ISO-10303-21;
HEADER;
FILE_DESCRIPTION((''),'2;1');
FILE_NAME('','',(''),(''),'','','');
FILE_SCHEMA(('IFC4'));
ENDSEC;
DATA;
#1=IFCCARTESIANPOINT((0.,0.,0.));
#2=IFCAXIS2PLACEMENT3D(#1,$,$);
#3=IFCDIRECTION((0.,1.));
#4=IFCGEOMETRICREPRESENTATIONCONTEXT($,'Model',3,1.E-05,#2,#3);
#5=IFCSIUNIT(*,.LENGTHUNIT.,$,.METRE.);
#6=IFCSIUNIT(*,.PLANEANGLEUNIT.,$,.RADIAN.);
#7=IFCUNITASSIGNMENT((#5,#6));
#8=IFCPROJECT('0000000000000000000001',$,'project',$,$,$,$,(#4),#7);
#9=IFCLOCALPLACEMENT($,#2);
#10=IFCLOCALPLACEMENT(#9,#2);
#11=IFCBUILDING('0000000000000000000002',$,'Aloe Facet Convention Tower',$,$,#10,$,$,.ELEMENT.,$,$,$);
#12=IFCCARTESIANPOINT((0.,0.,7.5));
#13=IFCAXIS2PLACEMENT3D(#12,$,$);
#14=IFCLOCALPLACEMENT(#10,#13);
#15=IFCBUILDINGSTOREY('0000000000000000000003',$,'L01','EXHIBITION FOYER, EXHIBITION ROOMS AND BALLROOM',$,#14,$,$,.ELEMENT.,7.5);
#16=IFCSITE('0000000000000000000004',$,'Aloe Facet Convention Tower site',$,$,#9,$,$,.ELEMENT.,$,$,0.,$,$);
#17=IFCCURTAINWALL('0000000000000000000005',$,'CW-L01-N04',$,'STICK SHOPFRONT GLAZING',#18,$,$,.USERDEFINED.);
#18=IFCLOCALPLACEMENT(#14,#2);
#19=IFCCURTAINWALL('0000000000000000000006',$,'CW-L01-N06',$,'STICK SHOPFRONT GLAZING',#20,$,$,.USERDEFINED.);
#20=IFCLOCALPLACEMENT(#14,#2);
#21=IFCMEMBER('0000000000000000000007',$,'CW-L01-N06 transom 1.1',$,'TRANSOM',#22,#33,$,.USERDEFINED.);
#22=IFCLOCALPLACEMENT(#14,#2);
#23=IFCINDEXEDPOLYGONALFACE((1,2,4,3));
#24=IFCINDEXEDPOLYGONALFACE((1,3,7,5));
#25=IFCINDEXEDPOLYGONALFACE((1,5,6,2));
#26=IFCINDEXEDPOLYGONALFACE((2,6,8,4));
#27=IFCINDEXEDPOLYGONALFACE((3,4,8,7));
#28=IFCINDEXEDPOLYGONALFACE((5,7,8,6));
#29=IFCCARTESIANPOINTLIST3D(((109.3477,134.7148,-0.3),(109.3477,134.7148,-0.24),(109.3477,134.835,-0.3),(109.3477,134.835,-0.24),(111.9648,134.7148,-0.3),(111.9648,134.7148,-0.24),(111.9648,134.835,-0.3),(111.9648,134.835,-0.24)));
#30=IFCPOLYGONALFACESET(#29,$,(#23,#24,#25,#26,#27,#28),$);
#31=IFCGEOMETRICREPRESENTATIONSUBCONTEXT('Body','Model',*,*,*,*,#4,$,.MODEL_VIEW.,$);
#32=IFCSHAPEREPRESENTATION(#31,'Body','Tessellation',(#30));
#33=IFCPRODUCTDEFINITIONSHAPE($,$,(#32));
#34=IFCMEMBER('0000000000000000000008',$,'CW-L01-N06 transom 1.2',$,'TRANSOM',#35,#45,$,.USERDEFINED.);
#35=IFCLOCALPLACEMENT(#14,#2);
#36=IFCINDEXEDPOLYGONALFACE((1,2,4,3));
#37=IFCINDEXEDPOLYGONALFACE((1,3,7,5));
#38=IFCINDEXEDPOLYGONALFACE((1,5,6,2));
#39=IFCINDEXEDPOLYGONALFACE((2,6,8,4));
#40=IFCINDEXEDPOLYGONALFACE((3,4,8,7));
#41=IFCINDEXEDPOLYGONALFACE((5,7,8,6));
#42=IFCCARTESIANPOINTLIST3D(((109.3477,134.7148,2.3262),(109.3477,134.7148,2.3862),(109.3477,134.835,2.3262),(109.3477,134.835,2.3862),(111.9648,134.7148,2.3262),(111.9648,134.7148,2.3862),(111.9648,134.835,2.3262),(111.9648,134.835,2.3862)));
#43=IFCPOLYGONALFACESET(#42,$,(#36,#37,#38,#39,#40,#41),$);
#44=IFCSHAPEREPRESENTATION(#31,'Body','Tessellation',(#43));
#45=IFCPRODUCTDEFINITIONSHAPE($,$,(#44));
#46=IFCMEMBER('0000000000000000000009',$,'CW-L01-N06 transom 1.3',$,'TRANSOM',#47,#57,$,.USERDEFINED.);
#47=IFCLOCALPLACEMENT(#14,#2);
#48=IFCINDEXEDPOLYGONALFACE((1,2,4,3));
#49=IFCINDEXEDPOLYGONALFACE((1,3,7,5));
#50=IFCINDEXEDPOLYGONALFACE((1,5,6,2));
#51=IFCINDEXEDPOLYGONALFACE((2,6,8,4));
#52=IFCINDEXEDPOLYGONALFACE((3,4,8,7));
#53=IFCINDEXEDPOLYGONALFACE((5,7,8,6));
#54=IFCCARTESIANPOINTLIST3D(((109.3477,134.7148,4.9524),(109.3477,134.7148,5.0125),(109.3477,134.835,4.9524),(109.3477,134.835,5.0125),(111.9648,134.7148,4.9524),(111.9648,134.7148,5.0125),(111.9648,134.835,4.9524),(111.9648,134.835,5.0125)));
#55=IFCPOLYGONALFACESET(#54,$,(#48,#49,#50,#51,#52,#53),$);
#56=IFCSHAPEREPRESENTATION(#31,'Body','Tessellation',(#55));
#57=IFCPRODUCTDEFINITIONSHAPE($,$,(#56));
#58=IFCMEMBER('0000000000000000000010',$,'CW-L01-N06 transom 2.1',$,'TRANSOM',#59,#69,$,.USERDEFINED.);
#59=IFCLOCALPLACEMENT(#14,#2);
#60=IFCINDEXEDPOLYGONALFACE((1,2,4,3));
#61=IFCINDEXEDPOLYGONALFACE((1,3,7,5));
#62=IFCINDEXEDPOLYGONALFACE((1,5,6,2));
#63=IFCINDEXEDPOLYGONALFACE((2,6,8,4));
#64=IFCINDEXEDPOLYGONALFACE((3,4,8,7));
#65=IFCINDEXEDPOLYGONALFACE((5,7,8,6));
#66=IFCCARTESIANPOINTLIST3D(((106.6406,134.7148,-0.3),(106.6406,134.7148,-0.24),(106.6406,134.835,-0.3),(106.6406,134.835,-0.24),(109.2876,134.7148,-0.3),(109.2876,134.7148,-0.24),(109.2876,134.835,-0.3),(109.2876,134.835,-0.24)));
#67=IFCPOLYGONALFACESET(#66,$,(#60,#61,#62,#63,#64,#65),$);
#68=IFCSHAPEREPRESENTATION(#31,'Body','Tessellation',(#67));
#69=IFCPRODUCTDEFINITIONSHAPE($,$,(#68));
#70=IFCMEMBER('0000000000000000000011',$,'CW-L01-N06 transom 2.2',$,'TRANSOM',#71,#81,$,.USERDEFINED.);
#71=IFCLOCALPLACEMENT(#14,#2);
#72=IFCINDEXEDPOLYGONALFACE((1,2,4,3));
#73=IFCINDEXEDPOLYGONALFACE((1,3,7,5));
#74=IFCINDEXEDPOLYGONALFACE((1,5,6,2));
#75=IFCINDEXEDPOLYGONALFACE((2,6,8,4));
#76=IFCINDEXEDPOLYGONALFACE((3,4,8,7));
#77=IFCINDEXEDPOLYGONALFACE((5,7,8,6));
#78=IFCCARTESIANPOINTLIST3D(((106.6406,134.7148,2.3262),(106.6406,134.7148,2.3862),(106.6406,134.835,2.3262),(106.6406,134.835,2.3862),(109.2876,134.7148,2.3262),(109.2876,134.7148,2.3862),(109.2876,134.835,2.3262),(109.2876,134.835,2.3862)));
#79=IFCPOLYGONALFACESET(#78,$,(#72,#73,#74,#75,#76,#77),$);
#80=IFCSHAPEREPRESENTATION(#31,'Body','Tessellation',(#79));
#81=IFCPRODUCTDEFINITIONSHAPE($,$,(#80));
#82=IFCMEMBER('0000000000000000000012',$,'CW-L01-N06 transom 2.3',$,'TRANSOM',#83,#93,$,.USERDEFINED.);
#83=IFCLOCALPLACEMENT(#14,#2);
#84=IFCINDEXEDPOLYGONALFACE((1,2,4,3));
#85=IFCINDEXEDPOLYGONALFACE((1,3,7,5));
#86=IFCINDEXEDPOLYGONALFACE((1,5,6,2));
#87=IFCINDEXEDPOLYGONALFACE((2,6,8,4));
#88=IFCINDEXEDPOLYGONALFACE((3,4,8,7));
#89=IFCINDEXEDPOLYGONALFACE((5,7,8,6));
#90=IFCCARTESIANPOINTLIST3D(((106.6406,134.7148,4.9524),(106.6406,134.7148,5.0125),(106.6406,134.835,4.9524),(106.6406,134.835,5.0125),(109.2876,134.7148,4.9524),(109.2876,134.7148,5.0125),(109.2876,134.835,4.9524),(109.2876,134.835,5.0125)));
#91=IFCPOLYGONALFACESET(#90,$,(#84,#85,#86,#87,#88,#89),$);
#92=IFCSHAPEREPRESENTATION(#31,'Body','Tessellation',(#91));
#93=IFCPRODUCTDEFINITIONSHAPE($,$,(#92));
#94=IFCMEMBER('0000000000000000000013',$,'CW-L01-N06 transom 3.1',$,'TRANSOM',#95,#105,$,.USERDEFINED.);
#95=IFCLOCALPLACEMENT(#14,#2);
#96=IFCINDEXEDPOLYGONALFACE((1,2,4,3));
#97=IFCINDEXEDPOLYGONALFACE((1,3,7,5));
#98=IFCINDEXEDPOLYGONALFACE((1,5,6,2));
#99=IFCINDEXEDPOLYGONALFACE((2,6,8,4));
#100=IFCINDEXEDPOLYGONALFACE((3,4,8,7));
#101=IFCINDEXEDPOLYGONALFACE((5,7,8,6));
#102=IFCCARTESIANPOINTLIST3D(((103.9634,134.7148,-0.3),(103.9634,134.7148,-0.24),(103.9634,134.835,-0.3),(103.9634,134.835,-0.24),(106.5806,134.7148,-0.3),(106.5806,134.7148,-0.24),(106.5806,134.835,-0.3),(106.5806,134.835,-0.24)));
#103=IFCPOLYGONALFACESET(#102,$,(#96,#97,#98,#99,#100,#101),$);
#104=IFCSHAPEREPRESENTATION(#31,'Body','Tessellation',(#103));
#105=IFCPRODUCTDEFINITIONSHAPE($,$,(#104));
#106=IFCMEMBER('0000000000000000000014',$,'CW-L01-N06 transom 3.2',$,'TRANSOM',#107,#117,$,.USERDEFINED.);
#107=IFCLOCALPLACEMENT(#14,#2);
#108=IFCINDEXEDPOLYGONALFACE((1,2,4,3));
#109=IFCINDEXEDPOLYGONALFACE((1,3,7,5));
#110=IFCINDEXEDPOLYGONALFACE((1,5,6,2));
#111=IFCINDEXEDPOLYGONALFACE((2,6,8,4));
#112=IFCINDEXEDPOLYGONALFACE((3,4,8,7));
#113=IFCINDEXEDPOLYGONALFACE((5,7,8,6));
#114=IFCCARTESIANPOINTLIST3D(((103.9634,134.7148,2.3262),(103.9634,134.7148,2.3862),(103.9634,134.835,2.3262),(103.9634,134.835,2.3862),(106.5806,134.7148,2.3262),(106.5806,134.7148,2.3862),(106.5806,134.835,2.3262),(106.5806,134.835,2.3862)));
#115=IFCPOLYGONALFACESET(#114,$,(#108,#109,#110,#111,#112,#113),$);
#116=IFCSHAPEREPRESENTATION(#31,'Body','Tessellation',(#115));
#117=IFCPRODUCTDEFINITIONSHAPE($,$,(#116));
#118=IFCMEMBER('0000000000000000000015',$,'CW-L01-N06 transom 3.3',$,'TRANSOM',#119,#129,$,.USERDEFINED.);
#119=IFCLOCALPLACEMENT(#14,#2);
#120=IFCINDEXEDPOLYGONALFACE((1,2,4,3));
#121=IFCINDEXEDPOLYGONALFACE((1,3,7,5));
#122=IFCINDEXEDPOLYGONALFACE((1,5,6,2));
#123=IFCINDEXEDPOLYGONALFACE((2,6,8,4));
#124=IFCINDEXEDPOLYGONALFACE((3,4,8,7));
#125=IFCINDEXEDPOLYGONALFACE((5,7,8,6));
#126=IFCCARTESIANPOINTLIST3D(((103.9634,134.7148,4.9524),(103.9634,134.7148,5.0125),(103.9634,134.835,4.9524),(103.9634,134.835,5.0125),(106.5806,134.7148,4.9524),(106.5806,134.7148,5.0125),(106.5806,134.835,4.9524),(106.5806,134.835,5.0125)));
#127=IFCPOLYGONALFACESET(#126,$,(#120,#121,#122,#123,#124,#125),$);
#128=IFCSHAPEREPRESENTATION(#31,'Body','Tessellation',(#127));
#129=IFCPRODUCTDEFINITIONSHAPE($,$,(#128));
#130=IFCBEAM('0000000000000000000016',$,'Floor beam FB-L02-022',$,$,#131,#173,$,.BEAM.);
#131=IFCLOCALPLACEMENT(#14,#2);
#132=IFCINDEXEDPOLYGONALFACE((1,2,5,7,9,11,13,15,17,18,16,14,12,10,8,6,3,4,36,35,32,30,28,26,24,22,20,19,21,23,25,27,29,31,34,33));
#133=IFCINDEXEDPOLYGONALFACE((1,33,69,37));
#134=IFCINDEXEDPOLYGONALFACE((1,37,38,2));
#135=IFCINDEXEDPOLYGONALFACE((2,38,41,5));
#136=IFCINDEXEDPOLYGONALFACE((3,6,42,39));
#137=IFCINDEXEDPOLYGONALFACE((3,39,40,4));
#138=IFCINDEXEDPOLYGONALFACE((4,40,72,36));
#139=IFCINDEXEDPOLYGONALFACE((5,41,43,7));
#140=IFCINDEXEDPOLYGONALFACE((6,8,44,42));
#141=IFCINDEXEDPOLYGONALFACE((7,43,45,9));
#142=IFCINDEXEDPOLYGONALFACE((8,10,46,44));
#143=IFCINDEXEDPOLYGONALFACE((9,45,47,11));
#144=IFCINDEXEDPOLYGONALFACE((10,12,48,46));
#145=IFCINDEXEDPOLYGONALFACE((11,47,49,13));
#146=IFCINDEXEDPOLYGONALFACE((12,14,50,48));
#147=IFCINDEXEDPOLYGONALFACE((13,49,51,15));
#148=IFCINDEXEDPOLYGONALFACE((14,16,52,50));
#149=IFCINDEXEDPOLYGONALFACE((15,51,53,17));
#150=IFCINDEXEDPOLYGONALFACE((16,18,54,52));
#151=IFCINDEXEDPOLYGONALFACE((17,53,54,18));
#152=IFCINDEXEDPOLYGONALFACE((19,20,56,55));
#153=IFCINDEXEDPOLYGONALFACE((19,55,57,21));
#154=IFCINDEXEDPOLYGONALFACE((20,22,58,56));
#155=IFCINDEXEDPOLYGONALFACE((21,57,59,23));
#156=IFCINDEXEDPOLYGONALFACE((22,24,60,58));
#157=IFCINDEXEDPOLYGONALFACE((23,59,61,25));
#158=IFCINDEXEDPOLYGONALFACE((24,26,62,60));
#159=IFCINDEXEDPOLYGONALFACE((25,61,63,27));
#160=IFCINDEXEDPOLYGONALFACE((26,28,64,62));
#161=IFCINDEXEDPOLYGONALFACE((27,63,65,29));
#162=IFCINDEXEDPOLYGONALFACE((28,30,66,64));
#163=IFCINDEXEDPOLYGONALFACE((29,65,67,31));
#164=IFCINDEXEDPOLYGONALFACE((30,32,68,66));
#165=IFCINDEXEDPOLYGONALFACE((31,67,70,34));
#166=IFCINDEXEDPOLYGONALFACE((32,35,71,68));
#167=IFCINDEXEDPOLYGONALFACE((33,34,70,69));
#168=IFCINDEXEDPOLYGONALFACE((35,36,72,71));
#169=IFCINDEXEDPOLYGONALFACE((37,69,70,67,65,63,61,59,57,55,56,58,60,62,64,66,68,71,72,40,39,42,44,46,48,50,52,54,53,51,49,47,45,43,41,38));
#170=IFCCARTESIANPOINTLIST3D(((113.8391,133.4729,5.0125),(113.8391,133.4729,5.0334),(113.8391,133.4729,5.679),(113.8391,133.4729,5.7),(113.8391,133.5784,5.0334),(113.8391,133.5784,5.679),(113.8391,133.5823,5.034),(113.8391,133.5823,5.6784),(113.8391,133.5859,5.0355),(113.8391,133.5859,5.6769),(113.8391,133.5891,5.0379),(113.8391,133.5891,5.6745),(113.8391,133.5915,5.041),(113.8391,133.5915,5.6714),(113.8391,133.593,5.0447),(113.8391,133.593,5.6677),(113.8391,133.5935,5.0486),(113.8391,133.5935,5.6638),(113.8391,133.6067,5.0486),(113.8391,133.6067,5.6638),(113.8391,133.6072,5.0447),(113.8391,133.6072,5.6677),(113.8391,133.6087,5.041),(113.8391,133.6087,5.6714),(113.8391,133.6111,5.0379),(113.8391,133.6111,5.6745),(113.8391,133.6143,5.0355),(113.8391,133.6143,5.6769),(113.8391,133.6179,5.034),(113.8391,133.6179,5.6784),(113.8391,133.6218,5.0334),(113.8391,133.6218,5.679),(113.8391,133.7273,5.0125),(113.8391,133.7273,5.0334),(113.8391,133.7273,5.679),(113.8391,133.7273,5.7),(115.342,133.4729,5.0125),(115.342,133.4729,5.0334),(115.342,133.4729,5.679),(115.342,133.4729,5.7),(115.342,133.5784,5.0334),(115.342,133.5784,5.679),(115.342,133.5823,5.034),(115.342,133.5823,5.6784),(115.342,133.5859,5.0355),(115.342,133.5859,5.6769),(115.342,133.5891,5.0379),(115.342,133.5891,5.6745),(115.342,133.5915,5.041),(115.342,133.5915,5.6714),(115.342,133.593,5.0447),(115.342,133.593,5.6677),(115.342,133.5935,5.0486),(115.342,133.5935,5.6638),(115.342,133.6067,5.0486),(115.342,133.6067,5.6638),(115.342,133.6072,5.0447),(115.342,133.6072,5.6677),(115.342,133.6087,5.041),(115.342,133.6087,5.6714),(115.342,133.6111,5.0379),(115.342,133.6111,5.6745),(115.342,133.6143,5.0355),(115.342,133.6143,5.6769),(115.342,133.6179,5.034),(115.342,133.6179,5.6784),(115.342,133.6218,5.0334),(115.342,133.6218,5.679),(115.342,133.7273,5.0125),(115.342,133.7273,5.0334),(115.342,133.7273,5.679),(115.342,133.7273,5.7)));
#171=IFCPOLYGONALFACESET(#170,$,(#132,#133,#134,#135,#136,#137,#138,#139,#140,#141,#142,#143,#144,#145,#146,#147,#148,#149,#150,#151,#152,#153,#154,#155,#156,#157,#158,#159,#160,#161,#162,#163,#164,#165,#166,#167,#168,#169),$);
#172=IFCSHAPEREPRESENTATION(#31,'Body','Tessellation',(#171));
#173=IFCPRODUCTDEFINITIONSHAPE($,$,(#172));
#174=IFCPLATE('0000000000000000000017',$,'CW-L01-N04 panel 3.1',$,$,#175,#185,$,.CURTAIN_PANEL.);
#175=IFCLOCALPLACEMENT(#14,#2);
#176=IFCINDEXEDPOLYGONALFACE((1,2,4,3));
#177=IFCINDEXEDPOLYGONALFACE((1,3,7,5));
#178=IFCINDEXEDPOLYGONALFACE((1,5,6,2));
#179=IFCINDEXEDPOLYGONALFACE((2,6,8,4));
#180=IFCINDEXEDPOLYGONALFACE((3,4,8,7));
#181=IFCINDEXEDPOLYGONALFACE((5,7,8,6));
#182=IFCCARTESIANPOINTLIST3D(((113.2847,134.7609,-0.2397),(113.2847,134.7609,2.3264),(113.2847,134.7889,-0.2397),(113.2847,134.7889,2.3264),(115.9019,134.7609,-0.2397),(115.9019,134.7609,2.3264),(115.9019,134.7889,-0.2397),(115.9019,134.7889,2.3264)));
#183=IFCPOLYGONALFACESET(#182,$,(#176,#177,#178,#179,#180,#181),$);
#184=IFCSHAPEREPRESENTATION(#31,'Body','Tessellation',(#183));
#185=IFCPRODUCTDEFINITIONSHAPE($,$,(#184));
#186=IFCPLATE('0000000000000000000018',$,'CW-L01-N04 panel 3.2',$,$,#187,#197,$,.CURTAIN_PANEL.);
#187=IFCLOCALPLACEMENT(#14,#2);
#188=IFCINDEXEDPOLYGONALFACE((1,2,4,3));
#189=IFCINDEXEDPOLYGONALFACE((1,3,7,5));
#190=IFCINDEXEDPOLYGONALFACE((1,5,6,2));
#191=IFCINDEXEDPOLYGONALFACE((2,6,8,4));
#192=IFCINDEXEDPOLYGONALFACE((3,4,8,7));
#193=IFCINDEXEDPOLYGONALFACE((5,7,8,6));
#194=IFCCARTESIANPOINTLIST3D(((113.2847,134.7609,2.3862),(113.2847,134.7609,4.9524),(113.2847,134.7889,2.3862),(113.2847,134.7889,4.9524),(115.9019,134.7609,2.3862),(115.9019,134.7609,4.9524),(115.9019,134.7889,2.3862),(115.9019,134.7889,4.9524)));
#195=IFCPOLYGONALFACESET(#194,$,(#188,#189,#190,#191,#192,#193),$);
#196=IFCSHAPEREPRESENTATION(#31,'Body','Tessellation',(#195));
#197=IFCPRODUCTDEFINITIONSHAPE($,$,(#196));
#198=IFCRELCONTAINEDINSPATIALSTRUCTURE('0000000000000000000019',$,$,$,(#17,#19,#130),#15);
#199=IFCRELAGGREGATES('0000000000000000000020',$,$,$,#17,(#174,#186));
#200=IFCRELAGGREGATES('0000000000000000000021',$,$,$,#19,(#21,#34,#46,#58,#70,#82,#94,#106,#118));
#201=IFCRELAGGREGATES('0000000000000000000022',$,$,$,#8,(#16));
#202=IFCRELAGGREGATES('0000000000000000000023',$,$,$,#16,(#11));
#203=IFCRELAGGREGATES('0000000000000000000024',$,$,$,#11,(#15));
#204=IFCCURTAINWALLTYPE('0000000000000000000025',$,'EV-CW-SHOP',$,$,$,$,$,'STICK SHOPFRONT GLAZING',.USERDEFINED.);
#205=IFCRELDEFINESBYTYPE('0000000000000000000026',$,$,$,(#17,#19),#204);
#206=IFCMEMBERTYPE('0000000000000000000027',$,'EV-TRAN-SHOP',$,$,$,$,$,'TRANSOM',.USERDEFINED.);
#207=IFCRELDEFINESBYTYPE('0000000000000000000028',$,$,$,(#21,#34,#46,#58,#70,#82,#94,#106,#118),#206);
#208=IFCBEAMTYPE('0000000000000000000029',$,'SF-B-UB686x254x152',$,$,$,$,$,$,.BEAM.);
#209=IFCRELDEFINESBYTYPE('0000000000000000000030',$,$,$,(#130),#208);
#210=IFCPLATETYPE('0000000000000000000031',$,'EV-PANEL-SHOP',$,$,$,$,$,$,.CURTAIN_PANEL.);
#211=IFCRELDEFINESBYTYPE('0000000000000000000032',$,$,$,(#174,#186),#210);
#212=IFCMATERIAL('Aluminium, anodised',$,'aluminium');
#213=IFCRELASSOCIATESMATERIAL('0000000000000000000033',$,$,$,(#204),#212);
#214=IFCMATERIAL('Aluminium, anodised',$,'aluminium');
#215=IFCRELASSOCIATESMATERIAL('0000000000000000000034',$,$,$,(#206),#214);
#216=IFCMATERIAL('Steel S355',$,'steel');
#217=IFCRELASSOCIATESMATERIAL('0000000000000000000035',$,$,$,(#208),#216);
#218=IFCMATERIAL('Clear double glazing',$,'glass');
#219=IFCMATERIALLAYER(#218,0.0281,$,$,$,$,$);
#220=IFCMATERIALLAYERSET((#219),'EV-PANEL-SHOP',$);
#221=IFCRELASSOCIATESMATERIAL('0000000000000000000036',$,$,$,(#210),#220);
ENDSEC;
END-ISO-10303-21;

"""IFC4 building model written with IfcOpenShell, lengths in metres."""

from ifc_helpers import new_model, si_unit, direction, frame, origin, origin_2d, place, context, subcontext, project, spatial, rectangle, i_section, extrude, material, layer, layer_set, material_profile, profile_set, type_object, element, aggregate, save


model = new_model("IFC4")

# Units and contexts
model_context = context("Model", 3, precision=1e-05, world=origin(), true_north=direction((0.0, 1.0)))
body_context = subcontext(model_context, "Body", "Model", "MODEL_VIEW")
ifc_project = project(units=[si_unit("LENGTHUNIT", "METRE"), si_unit("PLANEANGLEUNIT", "RADIAN")], contexts=[model_context])

# Site, building, storey
site_placement = place(None, origin())
site = spatial("IfcSite", under=ifc_project, at=site_placement, Name="Aloe Facet Convention Tower site", CompositionType="ELEMENT", RefElevation=0.0)
building_placement = place(site_placement, origin())
building = spatial("IfcBuilding", under=site, at=building_placement, Name="Aloe Facet Convention Tower", CompositionType="ELEMENT")
storey_placement = place(building_placement, frame((0.0, 0.0, 7.5)))
storey = spatial("IfcBuildingStorey", under=building, at=storey_placement, Name="L01", Description="EXHIBITION FOYER, EXHIBITION ROOMS AND BALLROOM", CompositionType="ELEMENT", Elevation=7.5)

# Curtain wall
ifc_material_1 = material(Name="Aluminium, anodised", Category="aluminium")
curtain_wall_type = type_object("IfcCurtainWallType", Name="EV-CW-SHOP", ElementType="STICK SHOPFRONT GLAZING", PredefinedType="USERDEFINED", material=ifc_material_1)
curtain_wall_1_placement = place(storey_placement, origin())
curtain_wall_1 = element("IfcCurtainWall", 1, at=curtain_wall_1_placement, inside=storey, type_object=curtain_wall_type, Name="CW-L01-N04", ObjectType="STICK SHOPFRONT GLAZING", PredefinedType="USERDEFINED")

# Curtain wall, members
curtain_wall_2_placement = place(storey_placement, origin())
curtain_wall_2 = element("IfcCurtainWall", 2, at=curtain_wall_2_placement, inside=storey, type_object=curtain_wall_type, Name="CW-L01-N06", ObjectType="STICK SHOPFRONT GLAZING", PredefinedType="USERDEFINED")
ifc_material_2 = material(Name="Aluminium, anodised", Category="aluminium")
ifc_material_profile_1 = material_profile(ifc_material_2, rectangle(XDim=0.1201, YDim=0.0601, at=origin_2d()), Name="AL 120x60")
ifc_profile_set_1 = profile_set([ifc_material_profile_1], Name="Aluminium, anodised")
member_type_1 = type_object("IfcMemberType", Name="EV-TRAN-SHOP", ElementType="TRANSOM", PredefinedType="USERDEFINED", material=ifc_profile_set_1)
member_1_placement = place(storey_placement, frame((111.9648, 134.7749, -0.27), z_axis=(-1.0, 0.0, 0.0), x_axis=(0.0, -1.0, 0.0)))
member_1 = element("IfcMember", 3, at=member_1_placement, type_object=member_type_1, Name="CW-L01-N06 transom 1.1", ObjectType="TRANSOM", PredefinedType="USERDEFINED", context=body_context, shape_type="SweptSolid", body=[
    extrude(rectangle(XDim=0.1201, YDim=0.0601, at=origin_2d()), origin(), (0.0, 0.0, 1.0), 2.6172),
])
member_2_placement = place(storey_placement, frame((111.9648, 134.7749, 2.3562), z_axis=(-1.0, 0.0, 0.0), x_axis=(0.0, -1.0, 0.0)))
member_2 = element("IfcMember", 4, at=member_2_placement, type_object=member_type_1, Name="CW-L01-N06 transom 1.2", ObjectType="TRANSOM", PredefinedType="USERDEFINED", context=body_context, shape_type="SweptSolid", body=[
    extrude(rectangle(XDim=0.1201, YDim=0.0601, at=origin_2d()), origin(), (0.0, 0.0, 1.0), 2.6172),
])
member_3_placement = place(storey_placement, frame((111.9648, 134.7749, 4.9824), z_axis=(-1.0, 0.0, 0.0), x_axis=(0.0, -1.0, 0.0)))
member_3 = element("IfcMember", 5, at=member_3_placement, type_object=member_type_1, Name="CW-L01-N06 transom 1.3", ObjectType="TRANSOM", PredefinedType="USERDEFINED", context=body_context, shape_type="SweptSolid", body=[
    extrude(rectangle(XDim=0.1201, YDim=0.0601, at=origin_2d()), origin(), (0.0, 0.0, 1.0), 2.6172),
])
member_4_placement = place(storey_placement, frame((109.2876, 134.7749, -0.27), z_axis=(-1.0, 0.0, 0.0), x_axis=(0.0, -1.0, 0.0)))
member_4 = element("IfcMember", 6, at=member_4_placement, type_object=member_type_1, Name="CW-L01-N06 transom 2.1", ObjectType="TRANSOM", PredefinedType="USERDEFINED", context=body_context, shape_type="SweptSolid", body=[
    extrude(rectangle(XDim=0.1201, YDim=0.0601, at=origin_2d()), origin(), (0.0, 0.0, 1.0), 2.647),
])
member_5_placement = place(storey_placement, frame((109.2876, 134.7749, 2.3562), z_axis=(-1.0, 0.0, 0.0), x_axis=(0.0, -1.0, 0.0)))
member_5 = element("IfcMember", 7, at=member_5_placement, type_object=member_type_1, Name="CW-L01-N06 transom 2.2", ObjectType="TRANSOM", PredefinedType="USERDEFINED", context=body_context, shape_type="SweptSolid", body=[
    extrude(rectangle(XDim=0.1201, YDim=0.0601, at=origin_2d()), origin(), (0.0, 0.0, 1.0), 2.647),
])
member_6_placement = place(storey_placement, frame((109.2876, 134.7749, 4.9824), z_axis=(-1.0, 0.0, 0.0), x_axis=(0.0, -1.0, 0.0)))
member_6 = element("IfcMember", 8, at=member_6_placement, type_object=member_type_1, Name="CW-L01-N06 transom 2.3", ObjectType="TRANSOM", PredefinedType="USERDEFINED", context=body_context, shape_type="SweptSolid", body=[
    extrude(rectangle(XDim=0.1201, YDim=0.0601, at=origin_2d()), origin(), (0.0, 0.0, 1.0), 2.647),
])
member_7_placement = place(storey_placement, frame((106.5806, 134.7749, -0.27), z_axis=(-1.0, 0.0, 0.0), x_axis=(0.0, -1.0, 0.0)))
member_7 = element("IfcMember", 9, at=member_7_placement, type_object=member_type_1, Name="CW-L01-N06 transom 3.1", ObjectType="TRANSOM", PredefinedType="USERDEFINED", context=body_context, shape_type="SweptSolid", body=[
    extrude(rectangle(XDim=0.1201, YDim=0.0601, at=origin_2d()), origin(), (0.0, 0.0, 1.0), 2.6172),
])
member_8_placement = place(storey_placement, frame((106.5806, 134.7749, 2.3562), z_axis=(-1.0, 0.0, 0.0), x_axis=(0.0, -1.0, 0.0)))
member_8 = element("IfcMember", 10, at=member_8_placement, type_object=member_type_1, Name="CW-L01-N06 transom 3.2", ObjectType="TRANSOM", PredefinedType="USERDEFINED", context=body_context, shape_type="SweptSolid", body=[
    extrude(rectangle(XDim=0.1201, YDim=0.0601, at=origin_2d()), origin(), (0.0, 0.0, 1.0), 2.6172),
])
member_9_placement = place(storey_placement, frame((106.5806, 134.7749, 4.9824), z_axis=(-1.0, 0.0, 0.0), x_axis=(0.0, -1.0, 0.0)))
member_9 = element("IfcMember", 11, at=member_9_placement, type_object=member_type_1, Name="CW-L01-N06 transom 3.3", ObjectType="TRANSOM", PredefinedType="USERDEFINED", context=body_context, shape_type="SweptSolid", body=[
    extrude(rectangle(XDim=0.1201, YDim=0.0601, at=origin_2d()), origin(), (0.0, 0.0, 1.0), 2.6172),
])

# Beam
ifc_material_3 = material(Name="Steel S355", Category="steel")
ifc_material_profile_2 = material_profile(ifc_material_3, i_section(OverallWidth=0.2544, OverallDepth=0.6875, WebThickness=0.0132, FlangeThickness=0.021, FilletRadius=0.0151, at=origin_2d()), Name="UB 686x254x152")
ifc_profile_set_2 = profile_set([ifc_material_profile_2], Name="Steel S355")
beam_type_1 = type_object("IfcBeamType", Name="SF-B-UB686x254x152", PredefinedType="BEAM", material=ifc_profile_set_2)
beam_placement = place(storey_placement, frame((113.8391, 133.6001, 5.3562), z_axis=(1.0, 0.0, 0.0), x_axis=(0.0, 1.0, 0.0)))
element("IfcBeam", 12, at=beam_placement, inside=storey, type_object=beam_type_1, Name="Floor beam FB-L02-022", PredefinedType="BEAM", context=body_context, shape_type="SweptSolid", body=[
    extrude(i_section(OverallWidth=0.2544, OverallDepth=0.6875, WebThickness=0.0132, FlangeThickness=0.021, FilletRadius=0.0151, at=origin_2d()), origin(), (0.0, 0.0, 1.0), 1.5029),
])

# Plates
ifc_material_4 = material(Name="Clear double glazing", Category="glass")
ifc_layer_1 = layer(ifc_material_4, 0.0281)
ifc_layer_set_1 = layer_set([ifc_layer_1], Name="EV-PANEL-SHOP")
plate_type = type_object("IfcPlateType", Name="EV-PANEL-SHOP", PredefinedType="CURTAIN_PANEL", material=ifc_layer_set_1)
plate_1_placement = place(storey_placement, frame((114.5933, 134.7749, -0.2397), z_axis=(0.0, 0.0, 1.0), x_axis=(-1.0, 0.0, 0.0)))
plate_1 = element("IfcPlate", 13, at=plate_1_placement, type_object=plate_type, Name="CW-L01-N04 panel 3.1", PredefinedType="CURTAIN_PANEL", context=body_context, shape_type="SweptSolid", body=[
    extrude(rectangle(XDim=2.6172, YDim=0.0281, at=origin_2d()), origin(), (0.0, 0.0, 1.0), 2.5662),
])
plate_2_placement = place(storey_placement, frame((114.5933, 134.7749, 2.3862), z_axis=(0.0, 0.0, 1.0), x_axis=(-1.0, 0.0, 0.0)))
plate_2 = element("IfcPlate", 14, at=plate_2_placement, type_object=plate_type, Name="CW-L01-N04 panel 3.2", PredefinedType="CURTAIN_PANEL", context=body_context, shape_type="SweptSolid", body=[
    extrude(rectangle(XDim=2.6172, YDim=0.0281, at=origin_2d()), origin(), (0.0, 0.0, 1.0), 2.5662),
])
aggregate(curtain_wall_1, [plate_1, plate_2])
aggregate(curtain_wall_2, [member_1, member_2, member_3, member_4, member_5, member_6, member_7, member_8, member_9])

save(model, "model.ifc")
